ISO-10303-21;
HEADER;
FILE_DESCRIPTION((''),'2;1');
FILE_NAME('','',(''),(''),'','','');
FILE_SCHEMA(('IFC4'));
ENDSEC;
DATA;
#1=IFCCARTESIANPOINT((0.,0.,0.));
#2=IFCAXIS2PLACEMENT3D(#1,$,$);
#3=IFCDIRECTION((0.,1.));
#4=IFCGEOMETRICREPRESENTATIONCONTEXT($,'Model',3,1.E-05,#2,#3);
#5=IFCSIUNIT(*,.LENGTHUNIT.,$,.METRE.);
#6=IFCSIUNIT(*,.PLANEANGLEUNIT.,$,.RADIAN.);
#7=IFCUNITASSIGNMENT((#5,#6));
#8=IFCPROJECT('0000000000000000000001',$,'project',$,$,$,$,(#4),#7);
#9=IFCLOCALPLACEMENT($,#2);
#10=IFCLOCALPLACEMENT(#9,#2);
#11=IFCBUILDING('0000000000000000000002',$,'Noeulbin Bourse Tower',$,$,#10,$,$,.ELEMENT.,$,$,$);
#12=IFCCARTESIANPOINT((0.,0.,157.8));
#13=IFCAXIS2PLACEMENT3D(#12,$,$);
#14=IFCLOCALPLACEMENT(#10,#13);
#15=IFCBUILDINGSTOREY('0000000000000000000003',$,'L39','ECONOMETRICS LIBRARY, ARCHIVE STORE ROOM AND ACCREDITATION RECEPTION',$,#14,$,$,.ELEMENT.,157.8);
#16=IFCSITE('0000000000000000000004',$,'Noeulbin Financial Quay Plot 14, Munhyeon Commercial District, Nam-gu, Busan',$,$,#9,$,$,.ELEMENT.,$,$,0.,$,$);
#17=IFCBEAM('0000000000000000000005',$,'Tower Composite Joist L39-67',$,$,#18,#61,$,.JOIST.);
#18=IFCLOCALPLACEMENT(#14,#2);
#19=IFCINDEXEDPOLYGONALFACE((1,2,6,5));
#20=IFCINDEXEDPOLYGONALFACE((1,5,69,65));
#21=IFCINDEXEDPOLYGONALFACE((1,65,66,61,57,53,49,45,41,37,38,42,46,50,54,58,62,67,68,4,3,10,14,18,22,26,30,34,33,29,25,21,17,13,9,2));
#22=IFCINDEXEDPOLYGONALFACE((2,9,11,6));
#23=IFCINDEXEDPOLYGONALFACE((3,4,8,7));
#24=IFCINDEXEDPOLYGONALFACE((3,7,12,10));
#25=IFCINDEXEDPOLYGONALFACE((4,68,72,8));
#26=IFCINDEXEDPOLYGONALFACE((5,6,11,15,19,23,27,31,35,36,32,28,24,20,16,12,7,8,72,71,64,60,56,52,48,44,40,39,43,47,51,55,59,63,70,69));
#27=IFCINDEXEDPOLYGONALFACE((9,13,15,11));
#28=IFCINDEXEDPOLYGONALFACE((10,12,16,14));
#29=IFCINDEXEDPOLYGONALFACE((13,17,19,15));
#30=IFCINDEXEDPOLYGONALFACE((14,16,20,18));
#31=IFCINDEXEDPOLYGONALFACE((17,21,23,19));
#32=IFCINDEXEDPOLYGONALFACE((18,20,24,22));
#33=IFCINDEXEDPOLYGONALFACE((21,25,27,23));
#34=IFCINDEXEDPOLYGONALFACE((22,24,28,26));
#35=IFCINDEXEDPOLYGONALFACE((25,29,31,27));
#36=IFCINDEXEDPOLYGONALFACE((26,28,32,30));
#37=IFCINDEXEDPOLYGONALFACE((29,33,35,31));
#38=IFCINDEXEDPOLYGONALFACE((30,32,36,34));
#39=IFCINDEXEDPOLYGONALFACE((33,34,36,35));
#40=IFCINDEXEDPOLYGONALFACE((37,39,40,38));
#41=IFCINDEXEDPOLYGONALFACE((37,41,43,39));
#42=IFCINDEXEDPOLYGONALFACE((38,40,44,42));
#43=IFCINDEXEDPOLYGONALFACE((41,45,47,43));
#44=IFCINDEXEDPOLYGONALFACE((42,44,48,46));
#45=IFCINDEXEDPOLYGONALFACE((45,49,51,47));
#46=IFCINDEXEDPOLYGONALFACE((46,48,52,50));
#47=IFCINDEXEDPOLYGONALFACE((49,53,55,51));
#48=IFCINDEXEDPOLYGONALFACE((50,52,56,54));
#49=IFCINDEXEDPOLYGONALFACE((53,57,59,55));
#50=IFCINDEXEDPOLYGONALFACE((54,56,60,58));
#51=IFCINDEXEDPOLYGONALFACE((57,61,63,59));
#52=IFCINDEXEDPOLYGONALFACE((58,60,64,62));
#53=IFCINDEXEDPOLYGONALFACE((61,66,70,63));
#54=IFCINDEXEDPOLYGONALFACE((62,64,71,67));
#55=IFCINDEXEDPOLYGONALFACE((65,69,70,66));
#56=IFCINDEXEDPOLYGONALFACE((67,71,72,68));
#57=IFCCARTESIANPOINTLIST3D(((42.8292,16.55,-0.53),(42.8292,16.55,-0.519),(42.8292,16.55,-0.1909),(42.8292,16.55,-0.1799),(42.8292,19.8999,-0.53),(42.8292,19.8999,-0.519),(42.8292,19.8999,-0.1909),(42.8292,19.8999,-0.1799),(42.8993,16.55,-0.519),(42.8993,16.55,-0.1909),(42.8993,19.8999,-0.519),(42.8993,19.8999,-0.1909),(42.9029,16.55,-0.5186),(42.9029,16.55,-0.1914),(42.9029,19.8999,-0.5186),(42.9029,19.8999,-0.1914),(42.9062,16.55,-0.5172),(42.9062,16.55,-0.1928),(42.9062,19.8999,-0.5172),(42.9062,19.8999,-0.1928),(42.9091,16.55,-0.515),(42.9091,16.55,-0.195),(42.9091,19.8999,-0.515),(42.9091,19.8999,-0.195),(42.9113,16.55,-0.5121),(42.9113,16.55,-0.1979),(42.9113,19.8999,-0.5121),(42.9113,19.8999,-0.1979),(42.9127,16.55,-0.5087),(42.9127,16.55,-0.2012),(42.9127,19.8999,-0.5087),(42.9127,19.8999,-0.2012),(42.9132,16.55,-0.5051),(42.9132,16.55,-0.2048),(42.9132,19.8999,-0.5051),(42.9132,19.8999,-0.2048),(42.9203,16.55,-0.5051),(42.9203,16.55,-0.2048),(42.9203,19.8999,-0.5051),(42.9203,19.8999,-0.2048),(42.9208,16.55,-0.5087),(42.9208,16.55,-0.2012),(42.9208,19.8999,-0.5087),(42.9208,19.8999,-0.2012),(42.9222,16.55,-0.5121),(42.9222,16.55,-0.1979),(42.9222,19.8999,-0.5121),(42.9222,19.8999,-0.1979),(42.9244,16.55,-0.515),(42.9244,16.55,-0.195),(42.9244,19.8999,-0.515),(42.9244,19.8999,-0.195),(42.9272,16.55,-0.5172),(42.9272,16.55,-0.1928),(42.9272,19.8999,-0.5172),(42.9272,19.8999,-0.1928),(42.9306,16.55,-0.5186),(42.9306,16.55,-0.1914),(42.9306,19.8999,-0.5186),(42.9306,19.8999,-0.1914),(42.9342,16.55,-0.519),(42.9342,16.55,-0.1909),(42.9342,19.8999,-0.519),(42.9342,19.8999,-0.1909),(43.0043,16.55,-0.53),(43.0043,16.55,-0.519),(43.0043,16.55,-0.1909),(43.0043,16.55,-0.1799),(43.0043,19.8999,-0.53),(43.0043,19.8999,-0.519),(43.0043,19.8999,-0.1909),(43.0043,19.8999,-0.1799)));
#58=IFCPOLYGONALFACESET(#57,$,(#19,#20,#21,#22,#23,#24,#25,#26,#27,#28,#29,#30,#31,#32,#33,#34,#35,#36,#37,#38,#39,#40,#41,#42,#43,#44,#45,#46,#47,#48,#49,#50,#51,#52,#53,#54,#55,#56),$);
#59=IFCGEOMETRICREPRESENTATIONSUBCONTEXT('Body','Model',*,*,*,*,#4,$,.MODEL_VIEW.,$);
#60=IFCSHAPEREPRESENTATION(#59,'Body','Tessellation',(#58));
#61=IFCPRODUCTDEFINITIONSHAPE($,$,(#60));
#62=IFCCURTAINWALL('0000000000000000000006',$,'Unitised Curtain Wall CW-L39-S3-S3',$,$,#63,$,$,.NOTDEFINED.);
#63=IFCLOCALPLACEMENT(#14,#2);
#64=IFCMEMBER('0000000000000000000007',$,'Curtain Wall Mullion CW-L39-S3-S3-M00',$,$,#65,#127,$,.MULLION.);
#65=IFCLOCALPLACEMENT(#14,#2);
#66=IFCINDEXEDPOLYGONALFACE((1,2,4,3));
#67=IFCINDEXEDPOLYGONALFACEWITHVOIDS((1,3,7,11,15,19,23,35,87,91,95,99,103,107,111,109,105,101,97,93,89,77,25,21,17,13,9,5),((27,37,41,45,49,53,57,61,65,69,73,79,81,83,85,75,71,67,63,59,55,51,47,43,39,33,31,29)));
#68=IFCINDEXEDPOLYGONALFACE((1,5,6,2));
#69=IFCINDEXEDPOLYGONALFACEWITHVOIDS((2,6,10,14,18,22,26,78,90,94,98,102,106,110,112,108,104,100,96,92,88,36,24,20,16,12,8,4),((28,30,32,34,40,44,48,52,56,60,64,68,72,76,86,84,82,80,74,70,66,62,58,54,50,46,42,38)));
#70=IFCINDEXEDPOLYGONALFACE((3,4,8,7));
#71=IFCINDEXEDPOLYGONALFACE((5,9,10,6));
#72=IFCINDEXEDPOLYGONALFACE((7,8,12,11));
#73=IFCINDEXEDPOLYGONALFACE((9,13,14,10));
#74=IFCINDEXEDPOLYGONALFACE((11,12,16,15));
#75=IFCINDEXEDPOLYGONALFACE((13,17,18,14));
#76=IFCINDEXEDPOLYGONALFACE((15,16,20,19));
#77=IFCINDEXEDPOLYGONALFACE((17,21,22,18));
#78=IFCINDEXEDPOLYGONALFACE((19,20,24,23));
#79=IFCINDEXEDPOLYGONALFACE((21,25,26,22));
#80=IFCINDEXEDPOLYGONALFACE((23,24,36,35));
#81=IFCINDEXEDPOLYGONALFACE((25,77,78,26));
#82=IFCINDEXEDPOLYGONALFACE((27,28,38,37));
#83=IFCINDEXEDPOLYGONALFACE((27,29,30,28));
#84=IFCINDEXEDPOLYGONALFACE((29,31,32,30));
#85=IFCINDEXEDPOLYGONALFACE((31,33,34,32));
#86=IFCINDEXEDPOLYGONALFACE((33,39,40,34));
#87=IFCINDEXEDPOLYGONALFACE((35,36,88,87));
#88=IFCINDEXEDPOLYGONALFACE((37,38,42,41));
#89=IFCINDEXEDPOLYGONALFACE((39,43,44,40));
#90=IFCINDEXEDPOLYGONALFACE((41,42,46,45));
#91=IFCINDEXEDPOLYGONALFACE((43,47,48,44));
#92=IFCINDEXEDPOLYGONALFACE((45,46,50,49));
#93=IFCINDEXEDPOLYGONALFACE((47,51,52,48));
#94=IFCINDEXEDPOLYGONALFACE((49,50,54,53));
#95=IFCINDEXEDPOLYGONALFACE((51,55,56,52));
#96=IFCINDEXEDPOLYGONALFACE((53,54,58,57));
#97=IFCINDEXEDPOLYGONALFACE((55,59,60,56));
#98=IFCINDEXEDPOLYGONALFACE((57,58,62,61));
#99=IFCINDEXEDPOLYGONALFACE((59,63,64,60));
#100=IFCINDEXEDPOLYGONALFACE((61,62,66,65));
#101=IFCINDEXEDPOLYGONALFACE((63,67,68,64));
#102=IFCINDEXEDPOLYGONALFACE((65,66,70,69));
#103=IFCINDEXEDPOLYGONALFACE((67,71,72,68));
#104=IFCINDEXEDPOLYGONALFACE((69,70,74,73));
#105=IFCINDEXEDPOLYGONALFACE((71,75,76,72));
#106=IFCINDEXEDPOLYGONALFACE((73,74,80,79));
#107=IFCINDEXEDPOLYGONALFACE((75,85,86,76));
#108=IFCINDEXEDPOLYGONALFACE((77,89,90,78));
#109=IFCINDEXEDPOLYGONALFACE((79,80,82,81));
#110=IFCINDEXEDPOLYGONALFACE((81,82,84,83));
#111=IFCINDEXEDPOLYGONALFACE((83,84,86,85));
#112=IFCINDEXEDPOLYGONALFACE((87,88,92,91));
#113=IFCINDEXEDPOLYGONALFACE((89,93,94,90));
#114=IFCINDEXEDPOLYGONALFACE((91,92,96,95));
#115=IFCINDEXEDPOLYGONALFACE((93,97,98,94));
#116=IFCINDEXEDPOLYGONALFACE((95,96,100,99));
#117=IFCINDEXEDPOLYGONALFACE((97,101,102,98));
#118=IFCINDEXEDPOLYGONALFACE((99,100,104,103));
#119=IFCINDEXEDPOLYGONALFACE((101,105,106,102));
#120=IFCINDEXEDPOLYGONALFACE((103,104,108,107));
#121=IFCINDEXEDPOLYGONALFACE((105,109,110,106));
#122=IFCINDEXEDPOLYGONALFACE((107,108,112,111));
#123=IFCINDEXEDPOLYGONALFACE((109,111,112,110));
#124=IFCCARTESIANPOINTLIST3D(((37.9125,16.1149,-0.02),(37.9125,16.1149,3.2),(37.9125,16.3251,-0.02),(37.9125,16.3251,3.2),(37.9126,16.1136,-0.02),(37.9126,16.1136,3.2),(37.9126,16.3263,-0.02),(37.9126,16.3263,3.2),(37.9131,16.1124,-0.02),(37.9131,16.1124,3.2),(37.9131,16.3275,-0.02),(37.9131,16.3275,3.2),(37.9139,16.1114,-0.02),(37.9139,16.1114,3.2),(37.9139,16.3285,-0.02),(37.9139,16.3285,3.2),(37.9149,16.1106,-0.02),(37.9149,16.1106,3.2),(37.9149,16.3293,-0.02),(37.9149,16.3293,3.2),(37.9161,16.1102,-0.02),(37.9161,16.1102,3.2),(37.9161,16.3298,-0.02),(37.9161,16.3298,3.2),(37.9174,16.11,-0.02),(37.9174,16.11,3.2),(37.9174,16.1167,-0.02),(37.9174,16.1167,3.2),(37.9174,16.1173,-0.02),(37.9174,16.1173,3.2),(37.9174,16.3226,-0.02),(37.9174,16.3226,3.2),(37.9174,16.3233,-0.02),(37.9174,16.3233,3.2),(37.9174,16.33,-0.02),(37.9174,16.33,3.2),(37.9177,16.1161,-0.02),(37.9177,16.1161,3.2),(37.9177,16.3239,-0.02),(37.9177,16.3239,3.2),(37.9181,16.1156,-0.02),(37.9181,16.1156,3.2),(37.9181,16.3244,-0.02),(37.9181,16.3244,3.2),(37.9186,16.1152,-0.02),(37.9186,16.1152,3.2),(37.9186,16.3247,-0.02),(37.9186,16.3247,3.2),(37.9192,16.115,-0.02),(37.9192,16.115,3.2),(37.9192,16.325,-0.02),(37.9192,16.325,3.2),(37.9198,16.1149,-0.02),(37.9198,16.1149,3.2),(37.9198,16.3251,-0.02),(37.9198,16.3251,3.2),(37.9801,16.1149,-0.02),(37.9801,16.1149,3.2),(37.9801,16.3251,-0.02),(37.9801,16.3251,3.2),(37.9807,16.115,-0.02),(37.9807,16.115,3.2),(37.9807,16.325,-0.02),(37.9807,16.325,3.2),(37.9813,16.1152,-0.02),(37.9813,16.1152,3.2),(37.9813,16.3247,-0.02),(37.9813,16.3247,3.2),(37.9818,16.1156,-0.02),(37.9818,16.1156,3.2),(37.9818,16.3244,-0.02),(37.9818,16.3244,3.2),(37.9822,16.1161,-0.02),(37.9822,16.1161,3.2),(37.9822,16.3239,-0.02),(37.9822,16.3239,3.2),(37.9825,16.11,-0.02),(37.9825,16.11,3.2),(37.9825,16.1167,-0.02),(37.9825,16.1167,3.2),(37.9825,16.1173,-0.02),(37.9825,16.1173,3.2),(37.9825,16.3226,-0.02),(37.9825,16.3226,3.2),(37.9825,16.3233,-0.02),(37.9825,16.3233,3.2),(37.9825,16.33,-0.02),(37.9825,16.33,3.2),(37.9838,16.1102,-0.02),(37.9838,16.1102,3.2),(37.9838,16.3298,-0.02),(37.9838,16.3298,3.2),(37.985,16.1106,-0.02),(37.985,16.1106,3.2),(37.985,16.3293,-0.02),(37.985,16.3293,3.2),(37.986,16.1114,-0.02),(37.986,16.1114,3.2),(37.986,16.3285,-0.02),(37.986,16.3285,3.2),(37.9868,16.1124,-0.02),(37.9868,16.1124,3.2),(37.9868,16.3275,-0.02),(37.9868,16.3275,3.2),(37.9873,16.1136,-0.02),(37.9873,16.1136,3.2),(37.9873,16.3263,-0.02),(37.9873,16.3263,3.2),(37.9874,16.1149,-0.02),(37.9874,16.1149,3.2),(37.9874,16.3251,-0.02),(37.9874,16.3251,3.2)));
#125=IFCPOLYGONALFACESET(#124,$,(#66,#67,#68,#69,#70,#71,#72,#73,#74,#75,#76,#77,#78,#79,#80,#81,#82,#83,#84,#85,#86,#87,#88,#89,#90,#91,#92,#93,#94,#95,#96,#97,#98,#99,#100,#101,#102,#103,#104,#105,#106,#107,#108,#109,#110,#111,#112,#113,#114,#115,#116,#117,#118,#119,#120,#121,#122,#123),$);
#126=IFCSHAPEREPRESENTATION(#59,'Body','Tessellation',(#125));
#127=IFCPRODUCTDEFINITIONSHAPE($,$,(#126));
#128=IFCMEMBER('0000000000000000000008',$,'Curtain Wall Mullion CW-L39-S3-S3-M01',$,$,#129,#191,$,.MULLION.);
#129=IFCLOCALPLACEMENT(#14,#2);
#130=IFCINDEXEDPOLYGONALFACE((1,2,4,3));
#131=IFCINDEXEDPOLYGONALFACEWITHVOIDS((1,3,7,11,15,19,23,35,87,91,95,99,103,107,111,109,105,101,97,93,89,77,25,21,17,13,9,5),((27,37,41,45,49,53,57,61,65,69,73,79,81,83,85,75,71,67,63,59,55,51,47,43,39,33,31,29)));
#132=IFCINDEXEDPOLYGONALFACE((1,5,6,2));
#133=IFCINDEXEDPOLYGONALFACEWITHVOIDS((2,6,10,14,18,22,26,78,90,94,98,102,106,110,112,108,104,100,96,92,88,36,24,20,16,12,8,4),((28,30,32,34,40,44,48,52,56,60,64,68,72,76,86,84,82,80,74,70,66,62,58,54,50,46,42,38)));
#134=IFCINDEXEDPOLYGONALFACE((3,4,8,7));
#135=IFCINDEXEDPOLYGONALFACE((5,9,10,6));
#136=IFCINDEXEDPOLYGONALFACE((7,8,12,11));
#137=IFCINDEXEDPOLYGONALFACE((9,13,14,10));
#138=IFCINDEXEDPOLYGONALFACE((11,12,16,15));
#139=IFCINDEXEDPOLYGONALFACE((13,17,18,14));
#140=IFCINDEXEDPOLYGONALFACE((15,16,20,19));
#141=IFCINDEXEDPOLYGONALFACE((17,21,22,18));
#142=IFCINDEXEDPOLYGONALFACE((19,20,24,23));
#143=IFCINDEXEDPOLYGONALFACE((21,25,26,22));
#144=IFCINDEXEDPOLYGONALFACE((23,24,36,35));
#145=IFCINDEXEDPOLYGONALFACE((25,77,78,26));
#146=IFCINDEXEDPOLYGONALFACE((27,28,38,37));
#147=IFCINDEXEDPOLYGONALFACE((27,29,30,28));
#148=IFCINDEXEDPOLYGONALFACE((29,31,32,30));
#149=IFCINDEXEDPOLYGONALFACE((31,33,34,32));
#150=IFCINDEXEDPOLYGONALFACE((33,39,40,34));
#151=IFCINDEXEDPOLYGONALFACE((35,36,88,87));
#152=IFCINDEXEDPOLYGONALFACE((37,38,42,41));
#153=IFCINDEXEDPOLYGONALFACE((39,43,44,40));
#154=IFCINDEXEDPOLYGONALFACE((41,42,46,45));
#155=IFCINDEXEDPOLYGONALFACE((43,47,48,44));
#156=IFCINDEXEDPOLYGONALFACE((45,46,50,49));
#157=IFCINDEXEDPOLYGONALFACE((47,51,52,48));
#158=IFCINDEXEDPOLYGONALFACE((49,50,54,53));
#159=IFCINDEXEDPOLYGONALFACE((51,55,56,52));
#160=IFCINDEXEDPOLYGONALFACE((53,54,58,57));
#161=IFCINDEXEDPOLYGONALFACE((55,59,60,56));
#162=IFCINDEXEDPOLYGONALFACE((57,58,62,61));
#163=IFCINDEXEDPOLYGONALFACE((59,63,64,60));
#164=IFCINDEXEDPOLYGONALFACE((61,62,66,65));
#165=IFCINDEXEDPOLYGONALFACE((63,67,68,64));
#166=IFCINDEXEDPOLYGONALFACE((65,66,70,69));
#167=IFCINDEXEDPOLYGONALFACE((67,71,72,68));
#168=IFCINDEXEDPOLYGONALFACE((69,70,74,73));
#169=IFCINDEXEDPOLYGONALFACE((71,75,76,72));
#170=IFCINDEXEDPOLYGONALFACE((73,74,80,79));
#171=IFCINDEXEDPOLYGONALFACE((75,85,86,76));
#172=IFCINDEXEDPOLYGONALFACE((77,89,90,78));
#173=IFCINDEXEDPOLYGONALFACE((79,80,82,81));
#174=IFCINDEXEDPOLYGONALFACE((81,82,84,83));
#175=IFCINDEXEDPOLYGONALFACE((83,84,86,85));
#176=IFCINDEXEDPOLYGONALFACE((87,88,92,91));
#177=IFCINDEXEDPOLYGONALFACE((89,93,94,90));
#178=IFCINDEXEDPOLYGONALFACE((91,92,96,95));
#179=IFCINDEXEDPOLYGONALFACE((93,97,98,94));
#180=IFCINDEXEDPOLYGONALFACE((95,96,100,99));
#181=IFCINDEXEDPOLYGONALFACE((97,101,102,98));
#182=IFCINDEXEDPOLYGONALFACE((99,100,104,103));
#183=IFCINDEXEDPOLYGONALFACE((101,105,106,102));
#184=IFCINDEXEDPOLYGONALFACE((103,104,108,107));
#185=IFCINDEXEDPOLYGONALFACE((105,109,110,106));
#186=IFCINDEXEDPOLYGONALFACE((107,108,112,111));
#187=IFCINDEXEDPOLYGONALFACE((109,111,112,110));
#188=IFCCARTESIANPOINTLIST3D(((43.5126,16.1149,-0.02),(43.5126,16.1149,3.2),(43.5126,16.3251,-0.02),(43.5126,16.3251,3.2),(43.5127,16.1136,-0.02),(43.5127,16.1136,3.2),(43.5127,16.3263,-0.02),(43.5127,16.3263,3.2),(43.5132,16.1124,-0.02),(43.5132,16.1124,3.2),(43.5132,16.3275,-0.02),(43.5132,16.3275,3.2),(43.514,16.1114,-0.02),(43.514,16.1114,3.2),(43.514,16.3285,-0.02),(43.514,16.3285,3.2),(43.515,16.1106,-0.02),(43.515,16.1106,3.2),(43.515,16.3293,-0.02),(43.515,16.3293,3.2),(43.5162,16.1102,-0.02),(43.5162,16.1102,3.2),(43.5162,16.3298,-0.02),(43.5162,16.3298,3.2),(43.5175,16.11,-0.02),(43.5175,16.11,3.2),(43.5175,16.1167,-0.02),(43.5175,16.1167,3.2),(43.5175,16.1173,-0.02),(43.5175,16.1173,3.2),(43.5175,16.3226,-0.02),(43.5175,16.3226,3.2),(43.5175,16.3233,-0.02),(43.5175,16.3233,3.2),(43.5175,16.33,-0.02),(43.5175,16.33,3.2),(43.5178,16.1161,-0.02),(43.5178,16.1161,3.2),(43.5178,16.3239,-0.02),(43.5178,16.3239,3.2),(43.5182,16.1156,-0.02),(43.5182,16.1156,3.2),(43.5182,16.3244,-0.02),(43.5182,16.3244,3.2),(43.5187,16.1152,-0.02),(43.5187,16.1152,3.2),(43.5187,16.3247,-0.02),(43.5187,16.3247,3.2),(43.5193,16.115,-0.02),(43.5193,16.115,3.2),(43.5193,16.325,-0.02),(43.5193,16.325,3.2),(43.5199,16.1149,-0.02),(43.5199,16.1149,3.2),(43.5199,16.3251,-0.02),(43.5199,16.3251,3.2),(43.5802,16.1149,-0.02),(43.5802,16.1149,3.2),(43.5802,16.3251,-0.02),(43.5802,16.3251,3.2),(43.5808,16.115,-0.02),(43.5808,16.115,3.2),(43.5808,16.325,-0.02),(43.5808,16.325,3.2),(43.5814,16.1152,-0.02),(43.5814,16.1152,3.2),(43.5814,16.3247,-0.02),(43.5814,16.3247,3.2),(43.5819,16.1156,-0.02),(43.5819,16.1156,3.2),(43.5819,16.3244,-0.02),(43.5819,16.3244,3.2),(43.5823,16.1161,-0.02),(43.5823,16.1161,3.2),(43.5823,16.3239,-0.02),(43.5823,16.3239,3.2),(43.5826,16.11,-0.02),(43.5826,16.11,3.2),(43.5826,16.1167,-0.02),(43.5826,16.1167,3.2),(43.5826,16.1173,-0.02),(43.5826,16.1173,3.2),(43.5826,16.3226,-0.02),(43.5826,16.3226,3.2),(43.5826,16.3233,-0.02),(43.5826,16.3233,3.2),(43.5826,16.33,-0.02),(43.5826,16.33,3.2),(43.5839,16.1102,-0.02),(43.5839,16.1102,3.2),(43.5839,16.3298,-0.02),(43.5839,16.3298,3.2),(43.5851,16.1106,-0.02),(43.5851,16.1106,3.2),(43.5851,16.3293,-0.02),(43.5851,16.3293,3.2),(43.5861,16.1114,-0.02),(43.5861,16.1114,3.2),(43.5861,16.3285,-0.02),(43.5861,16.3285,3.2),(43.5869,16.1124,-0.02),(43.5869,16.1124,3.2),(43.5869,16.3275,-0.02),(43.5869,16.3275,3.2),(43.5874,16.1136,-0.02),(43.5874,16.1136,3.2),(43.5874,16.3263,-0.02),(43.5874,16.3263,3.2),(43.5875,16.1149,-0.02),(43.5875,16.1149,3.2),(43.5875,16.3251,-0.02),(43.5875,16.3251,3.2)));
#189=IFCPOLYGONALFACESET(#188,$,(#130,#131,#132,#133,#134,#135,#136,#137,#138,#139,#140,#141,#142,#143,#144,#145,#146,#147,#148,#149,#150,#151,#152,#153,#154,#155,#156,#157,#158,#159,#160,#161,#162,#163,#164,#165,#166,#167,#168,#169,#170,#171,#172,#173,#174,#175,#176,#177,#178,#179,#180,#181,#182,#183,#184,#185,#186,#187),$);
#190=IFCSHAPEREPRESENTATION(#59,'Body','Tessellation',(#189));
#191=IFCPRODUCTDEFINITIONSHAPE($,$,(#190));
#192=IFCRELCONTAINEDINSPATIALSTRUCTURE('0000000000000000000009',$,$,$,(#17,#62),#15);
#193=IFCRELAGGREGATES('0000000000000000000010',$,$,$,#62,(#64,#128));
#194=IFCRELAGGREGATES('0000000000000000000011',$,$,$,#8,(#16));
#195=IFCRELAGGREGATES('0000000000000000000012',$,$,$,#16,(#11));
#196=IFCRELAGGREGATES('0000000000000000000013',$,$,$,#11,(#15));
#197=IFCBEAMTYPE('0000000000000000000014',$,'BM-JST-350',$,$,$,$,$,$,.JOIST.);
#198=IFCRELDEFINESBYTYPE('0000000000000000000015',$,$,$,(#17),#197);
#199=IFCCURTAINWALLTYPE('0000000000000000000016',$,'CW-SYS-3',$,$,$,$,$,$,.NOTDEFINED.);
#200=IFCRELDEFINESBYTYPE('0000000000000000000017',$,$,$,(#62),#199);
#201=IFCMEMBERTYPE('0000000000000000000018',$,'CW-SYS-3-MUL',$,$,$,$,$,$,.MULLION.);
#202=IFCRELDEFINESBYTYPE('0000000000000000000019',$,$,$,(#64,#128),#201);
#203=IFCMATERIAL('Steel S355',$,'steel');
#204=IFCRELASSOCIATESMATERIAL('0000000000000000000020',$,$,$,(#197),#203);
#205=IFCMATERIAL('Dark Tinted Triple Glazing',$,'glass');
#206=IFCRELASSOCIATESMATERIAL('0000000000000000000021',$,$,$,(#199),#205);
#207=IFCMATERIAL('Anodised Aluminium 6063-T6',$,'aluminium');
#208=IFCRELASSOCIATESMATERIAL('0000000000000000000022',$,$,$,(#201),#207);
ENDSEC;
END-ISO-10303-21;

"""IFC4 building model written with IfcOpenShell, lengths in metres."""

from ifc_helpers import new_model, si_unit, direction, frame, origin, origin_2d, place, context, subcontext, project, spatial, hollow_rectangle, i_section, extrude, material, material_profile, profile_set, type_object, element, aggregate, save


model = new_model("IFC4")

# Units and contexts
model_context = context("Model", 3, precision=1e-05, world=origin(), true_north=direction((0.0, 1.0)))
body_context = subcontext(model_context, "Body", "Model", "MODEL_VIEW")
ifc_project = project(units=[si_unit("LENGTHUNIT", "METRE"), si_unit("PLANEANGLEUNIT", "RADIAN")], contexts=[model_context])

# Site, building, storey
site_placement = place(None, origin())
site = spatial("IfcSite", under=ifc_project, at=site_placement, Name="Noeulbin Financial Quay Plot 14, Munhyeon Commercial District, Nam-gu, Busan", CompositionType="ELEMENT", RefElevation=0.0)
building_placement = place(site_placement, origin())
building = spatial("IfcBuilding", under=site, at=building_placement, Name="Noeulbin Bourse Tower", CompositionType="ELEMENT")
storey_placement = place(building_placement, frame((0.0, 0.0, 157.8)))
storey = spatial("IfcBuildingStorey", under=building, at=storey_placement, Name="L39", Description="ECONOMETRICS LIBRARY, ARCHIVE STORE ROOM AND ACCREDITATION RECEPTION", CompositionType="ELEMENT", Elevation=157.8)

# Shared definitions
ifc_material_1 = material(Name="Steel S355", Category="steel")

# Beam
ifc_material_profile_1 = material_profile(ifc_material_1, i_section(OverallWidth=0.175, OverallDepth=0.3501, WebThickness=0.0071, FlangeThickness=0.011, FilletRadius=0.0139, at=origin_2d()), Name="H-350x175x7x11", Category="LoadBearing")
ifc_profile_set_1 = profile_set([ifc_material_profile_1], Name="Steel S355")
beam_type_1 = type_object("IfcBeamType", Name="BM-JST-350", PredefinedType="JOIST", material=ifc_profile_set_1)
for number, where, z_axis, x_axis, name in (
    (1, (42.9167, 16.55, -0.355), (0.0, 1.0, 0.0), (-1.0, 0.0, 0.0), "Tower Composite Joist L39-67"),
):
    element("IfcBeam", number, at=place(storey_placement, frame(where, z_axis=z_axis, x_axis=x_axis)), inside=storey, type_object=beam_type_1, Name=name, PredefinedType="JOIST", context=body_context, shape_type="SweptSolid", body=[
        extrude(i_section(OverallWidth=0.175, OverallDepth=0.3501, WebThickness=0.0071, FlangeThickness=0.011, FilletRadius=0.0139, at=origin_2d()), origin(), (0.0, 0.0, 1.0), 3.3499),
    ])

# Curtain wall, members
ifc_material_2 = material(Name="Dark Tinted Triple Glazing", Category="glass")
curtain_wall_type = type_object("IfcCurtainWallType", Name="CW-SYS-3", PredefinedType="NOTDEFINED", material=ifc_material_2)
curtain_wall_1_placement = place(storey_placement, origin())
curtain_wall_1 = element("IfcCurtainWall", 2, at=curtain_wall_1_placement, inside=storey, type_object=curtain_wall_type, Name="Unitised Curtain Wall CW-L39-S3-S3", PredefinedType="NOTDEFINED")
ifc_material_3 = material(Name="Anodised Aluminium 6063-T6", Category="aluminium")
ifc_material_profile_2 = material_profile(ifc_material_3, hollow_rectangle(XDim=0.075, YDim=0.22, WallThickness=0.0049, InnerFilletRadius=0.0024, OuterFilletRadius=0.0049, at=origin_2d()), Name="ALU-MULL-75x220x5", Category="LoadBearing")
ifc_profile_set_2 = profile_set([ifc_material_profile_2], Name="Anodised Aluminium 6063-T6")
member_type_1 = type_object("IfcMemberType", Name="CW-SYS-3-MUL", PredefinedType="MULLION", material=ifc_profile_set_2)
member_1_placement = place(storey_placement, frame((37.95, 16.22, -0.02), z_axis=(0.0, 0.0, 1.0), x_axis=(1.0, 0.0, 0.0)))
member_1 = element("IfcMember", 3, at=member_1_placement, type_object=member_type_1, Name="Curtain Wall Mullion CW-L39-S3-S3-M00", PredefinedType="MULLION", context=body_context, shape_type="SweptSolid", body=[
    extrude(hollow_rectangle(XDim=0.075, YDim=0.22, WallThickness=0.0049, InnerFilletRadius=0.0024, OuterFilletRadius=0.0049, at=origin_2d()), origin(), (0.0, 0.0, 1.0), 3.22),
])
member_2_placement = place(storey_placement, frame((43.55, 16.22, -0.02), z_axis=(0.0, 0.0, 1.0), x_axis=(1.0, 0.0, 0.0)))
member_2 = element("IfcMember", 4, at=member_2_placement, type_object=member_type_1, Name="Curtain Wall Mullion CW-L39-S3-S3-M01", PredefinedType="MULLION", context=body_context, shape_type="SweptSolid", body=[
    extrude(hollow_rectangle(XDim=0.075, YDim=0.22, WallThickness=0.0049, InnerFilletRadius=0.0024, OuterFilletRadius=0.0049, at=origin_2d()), origin(), (0.0, 0.0, 1.0), 3.22),
])

aggregate(curtain_wall_1, [member_1, member_2])

save(model, "model.ifc")
